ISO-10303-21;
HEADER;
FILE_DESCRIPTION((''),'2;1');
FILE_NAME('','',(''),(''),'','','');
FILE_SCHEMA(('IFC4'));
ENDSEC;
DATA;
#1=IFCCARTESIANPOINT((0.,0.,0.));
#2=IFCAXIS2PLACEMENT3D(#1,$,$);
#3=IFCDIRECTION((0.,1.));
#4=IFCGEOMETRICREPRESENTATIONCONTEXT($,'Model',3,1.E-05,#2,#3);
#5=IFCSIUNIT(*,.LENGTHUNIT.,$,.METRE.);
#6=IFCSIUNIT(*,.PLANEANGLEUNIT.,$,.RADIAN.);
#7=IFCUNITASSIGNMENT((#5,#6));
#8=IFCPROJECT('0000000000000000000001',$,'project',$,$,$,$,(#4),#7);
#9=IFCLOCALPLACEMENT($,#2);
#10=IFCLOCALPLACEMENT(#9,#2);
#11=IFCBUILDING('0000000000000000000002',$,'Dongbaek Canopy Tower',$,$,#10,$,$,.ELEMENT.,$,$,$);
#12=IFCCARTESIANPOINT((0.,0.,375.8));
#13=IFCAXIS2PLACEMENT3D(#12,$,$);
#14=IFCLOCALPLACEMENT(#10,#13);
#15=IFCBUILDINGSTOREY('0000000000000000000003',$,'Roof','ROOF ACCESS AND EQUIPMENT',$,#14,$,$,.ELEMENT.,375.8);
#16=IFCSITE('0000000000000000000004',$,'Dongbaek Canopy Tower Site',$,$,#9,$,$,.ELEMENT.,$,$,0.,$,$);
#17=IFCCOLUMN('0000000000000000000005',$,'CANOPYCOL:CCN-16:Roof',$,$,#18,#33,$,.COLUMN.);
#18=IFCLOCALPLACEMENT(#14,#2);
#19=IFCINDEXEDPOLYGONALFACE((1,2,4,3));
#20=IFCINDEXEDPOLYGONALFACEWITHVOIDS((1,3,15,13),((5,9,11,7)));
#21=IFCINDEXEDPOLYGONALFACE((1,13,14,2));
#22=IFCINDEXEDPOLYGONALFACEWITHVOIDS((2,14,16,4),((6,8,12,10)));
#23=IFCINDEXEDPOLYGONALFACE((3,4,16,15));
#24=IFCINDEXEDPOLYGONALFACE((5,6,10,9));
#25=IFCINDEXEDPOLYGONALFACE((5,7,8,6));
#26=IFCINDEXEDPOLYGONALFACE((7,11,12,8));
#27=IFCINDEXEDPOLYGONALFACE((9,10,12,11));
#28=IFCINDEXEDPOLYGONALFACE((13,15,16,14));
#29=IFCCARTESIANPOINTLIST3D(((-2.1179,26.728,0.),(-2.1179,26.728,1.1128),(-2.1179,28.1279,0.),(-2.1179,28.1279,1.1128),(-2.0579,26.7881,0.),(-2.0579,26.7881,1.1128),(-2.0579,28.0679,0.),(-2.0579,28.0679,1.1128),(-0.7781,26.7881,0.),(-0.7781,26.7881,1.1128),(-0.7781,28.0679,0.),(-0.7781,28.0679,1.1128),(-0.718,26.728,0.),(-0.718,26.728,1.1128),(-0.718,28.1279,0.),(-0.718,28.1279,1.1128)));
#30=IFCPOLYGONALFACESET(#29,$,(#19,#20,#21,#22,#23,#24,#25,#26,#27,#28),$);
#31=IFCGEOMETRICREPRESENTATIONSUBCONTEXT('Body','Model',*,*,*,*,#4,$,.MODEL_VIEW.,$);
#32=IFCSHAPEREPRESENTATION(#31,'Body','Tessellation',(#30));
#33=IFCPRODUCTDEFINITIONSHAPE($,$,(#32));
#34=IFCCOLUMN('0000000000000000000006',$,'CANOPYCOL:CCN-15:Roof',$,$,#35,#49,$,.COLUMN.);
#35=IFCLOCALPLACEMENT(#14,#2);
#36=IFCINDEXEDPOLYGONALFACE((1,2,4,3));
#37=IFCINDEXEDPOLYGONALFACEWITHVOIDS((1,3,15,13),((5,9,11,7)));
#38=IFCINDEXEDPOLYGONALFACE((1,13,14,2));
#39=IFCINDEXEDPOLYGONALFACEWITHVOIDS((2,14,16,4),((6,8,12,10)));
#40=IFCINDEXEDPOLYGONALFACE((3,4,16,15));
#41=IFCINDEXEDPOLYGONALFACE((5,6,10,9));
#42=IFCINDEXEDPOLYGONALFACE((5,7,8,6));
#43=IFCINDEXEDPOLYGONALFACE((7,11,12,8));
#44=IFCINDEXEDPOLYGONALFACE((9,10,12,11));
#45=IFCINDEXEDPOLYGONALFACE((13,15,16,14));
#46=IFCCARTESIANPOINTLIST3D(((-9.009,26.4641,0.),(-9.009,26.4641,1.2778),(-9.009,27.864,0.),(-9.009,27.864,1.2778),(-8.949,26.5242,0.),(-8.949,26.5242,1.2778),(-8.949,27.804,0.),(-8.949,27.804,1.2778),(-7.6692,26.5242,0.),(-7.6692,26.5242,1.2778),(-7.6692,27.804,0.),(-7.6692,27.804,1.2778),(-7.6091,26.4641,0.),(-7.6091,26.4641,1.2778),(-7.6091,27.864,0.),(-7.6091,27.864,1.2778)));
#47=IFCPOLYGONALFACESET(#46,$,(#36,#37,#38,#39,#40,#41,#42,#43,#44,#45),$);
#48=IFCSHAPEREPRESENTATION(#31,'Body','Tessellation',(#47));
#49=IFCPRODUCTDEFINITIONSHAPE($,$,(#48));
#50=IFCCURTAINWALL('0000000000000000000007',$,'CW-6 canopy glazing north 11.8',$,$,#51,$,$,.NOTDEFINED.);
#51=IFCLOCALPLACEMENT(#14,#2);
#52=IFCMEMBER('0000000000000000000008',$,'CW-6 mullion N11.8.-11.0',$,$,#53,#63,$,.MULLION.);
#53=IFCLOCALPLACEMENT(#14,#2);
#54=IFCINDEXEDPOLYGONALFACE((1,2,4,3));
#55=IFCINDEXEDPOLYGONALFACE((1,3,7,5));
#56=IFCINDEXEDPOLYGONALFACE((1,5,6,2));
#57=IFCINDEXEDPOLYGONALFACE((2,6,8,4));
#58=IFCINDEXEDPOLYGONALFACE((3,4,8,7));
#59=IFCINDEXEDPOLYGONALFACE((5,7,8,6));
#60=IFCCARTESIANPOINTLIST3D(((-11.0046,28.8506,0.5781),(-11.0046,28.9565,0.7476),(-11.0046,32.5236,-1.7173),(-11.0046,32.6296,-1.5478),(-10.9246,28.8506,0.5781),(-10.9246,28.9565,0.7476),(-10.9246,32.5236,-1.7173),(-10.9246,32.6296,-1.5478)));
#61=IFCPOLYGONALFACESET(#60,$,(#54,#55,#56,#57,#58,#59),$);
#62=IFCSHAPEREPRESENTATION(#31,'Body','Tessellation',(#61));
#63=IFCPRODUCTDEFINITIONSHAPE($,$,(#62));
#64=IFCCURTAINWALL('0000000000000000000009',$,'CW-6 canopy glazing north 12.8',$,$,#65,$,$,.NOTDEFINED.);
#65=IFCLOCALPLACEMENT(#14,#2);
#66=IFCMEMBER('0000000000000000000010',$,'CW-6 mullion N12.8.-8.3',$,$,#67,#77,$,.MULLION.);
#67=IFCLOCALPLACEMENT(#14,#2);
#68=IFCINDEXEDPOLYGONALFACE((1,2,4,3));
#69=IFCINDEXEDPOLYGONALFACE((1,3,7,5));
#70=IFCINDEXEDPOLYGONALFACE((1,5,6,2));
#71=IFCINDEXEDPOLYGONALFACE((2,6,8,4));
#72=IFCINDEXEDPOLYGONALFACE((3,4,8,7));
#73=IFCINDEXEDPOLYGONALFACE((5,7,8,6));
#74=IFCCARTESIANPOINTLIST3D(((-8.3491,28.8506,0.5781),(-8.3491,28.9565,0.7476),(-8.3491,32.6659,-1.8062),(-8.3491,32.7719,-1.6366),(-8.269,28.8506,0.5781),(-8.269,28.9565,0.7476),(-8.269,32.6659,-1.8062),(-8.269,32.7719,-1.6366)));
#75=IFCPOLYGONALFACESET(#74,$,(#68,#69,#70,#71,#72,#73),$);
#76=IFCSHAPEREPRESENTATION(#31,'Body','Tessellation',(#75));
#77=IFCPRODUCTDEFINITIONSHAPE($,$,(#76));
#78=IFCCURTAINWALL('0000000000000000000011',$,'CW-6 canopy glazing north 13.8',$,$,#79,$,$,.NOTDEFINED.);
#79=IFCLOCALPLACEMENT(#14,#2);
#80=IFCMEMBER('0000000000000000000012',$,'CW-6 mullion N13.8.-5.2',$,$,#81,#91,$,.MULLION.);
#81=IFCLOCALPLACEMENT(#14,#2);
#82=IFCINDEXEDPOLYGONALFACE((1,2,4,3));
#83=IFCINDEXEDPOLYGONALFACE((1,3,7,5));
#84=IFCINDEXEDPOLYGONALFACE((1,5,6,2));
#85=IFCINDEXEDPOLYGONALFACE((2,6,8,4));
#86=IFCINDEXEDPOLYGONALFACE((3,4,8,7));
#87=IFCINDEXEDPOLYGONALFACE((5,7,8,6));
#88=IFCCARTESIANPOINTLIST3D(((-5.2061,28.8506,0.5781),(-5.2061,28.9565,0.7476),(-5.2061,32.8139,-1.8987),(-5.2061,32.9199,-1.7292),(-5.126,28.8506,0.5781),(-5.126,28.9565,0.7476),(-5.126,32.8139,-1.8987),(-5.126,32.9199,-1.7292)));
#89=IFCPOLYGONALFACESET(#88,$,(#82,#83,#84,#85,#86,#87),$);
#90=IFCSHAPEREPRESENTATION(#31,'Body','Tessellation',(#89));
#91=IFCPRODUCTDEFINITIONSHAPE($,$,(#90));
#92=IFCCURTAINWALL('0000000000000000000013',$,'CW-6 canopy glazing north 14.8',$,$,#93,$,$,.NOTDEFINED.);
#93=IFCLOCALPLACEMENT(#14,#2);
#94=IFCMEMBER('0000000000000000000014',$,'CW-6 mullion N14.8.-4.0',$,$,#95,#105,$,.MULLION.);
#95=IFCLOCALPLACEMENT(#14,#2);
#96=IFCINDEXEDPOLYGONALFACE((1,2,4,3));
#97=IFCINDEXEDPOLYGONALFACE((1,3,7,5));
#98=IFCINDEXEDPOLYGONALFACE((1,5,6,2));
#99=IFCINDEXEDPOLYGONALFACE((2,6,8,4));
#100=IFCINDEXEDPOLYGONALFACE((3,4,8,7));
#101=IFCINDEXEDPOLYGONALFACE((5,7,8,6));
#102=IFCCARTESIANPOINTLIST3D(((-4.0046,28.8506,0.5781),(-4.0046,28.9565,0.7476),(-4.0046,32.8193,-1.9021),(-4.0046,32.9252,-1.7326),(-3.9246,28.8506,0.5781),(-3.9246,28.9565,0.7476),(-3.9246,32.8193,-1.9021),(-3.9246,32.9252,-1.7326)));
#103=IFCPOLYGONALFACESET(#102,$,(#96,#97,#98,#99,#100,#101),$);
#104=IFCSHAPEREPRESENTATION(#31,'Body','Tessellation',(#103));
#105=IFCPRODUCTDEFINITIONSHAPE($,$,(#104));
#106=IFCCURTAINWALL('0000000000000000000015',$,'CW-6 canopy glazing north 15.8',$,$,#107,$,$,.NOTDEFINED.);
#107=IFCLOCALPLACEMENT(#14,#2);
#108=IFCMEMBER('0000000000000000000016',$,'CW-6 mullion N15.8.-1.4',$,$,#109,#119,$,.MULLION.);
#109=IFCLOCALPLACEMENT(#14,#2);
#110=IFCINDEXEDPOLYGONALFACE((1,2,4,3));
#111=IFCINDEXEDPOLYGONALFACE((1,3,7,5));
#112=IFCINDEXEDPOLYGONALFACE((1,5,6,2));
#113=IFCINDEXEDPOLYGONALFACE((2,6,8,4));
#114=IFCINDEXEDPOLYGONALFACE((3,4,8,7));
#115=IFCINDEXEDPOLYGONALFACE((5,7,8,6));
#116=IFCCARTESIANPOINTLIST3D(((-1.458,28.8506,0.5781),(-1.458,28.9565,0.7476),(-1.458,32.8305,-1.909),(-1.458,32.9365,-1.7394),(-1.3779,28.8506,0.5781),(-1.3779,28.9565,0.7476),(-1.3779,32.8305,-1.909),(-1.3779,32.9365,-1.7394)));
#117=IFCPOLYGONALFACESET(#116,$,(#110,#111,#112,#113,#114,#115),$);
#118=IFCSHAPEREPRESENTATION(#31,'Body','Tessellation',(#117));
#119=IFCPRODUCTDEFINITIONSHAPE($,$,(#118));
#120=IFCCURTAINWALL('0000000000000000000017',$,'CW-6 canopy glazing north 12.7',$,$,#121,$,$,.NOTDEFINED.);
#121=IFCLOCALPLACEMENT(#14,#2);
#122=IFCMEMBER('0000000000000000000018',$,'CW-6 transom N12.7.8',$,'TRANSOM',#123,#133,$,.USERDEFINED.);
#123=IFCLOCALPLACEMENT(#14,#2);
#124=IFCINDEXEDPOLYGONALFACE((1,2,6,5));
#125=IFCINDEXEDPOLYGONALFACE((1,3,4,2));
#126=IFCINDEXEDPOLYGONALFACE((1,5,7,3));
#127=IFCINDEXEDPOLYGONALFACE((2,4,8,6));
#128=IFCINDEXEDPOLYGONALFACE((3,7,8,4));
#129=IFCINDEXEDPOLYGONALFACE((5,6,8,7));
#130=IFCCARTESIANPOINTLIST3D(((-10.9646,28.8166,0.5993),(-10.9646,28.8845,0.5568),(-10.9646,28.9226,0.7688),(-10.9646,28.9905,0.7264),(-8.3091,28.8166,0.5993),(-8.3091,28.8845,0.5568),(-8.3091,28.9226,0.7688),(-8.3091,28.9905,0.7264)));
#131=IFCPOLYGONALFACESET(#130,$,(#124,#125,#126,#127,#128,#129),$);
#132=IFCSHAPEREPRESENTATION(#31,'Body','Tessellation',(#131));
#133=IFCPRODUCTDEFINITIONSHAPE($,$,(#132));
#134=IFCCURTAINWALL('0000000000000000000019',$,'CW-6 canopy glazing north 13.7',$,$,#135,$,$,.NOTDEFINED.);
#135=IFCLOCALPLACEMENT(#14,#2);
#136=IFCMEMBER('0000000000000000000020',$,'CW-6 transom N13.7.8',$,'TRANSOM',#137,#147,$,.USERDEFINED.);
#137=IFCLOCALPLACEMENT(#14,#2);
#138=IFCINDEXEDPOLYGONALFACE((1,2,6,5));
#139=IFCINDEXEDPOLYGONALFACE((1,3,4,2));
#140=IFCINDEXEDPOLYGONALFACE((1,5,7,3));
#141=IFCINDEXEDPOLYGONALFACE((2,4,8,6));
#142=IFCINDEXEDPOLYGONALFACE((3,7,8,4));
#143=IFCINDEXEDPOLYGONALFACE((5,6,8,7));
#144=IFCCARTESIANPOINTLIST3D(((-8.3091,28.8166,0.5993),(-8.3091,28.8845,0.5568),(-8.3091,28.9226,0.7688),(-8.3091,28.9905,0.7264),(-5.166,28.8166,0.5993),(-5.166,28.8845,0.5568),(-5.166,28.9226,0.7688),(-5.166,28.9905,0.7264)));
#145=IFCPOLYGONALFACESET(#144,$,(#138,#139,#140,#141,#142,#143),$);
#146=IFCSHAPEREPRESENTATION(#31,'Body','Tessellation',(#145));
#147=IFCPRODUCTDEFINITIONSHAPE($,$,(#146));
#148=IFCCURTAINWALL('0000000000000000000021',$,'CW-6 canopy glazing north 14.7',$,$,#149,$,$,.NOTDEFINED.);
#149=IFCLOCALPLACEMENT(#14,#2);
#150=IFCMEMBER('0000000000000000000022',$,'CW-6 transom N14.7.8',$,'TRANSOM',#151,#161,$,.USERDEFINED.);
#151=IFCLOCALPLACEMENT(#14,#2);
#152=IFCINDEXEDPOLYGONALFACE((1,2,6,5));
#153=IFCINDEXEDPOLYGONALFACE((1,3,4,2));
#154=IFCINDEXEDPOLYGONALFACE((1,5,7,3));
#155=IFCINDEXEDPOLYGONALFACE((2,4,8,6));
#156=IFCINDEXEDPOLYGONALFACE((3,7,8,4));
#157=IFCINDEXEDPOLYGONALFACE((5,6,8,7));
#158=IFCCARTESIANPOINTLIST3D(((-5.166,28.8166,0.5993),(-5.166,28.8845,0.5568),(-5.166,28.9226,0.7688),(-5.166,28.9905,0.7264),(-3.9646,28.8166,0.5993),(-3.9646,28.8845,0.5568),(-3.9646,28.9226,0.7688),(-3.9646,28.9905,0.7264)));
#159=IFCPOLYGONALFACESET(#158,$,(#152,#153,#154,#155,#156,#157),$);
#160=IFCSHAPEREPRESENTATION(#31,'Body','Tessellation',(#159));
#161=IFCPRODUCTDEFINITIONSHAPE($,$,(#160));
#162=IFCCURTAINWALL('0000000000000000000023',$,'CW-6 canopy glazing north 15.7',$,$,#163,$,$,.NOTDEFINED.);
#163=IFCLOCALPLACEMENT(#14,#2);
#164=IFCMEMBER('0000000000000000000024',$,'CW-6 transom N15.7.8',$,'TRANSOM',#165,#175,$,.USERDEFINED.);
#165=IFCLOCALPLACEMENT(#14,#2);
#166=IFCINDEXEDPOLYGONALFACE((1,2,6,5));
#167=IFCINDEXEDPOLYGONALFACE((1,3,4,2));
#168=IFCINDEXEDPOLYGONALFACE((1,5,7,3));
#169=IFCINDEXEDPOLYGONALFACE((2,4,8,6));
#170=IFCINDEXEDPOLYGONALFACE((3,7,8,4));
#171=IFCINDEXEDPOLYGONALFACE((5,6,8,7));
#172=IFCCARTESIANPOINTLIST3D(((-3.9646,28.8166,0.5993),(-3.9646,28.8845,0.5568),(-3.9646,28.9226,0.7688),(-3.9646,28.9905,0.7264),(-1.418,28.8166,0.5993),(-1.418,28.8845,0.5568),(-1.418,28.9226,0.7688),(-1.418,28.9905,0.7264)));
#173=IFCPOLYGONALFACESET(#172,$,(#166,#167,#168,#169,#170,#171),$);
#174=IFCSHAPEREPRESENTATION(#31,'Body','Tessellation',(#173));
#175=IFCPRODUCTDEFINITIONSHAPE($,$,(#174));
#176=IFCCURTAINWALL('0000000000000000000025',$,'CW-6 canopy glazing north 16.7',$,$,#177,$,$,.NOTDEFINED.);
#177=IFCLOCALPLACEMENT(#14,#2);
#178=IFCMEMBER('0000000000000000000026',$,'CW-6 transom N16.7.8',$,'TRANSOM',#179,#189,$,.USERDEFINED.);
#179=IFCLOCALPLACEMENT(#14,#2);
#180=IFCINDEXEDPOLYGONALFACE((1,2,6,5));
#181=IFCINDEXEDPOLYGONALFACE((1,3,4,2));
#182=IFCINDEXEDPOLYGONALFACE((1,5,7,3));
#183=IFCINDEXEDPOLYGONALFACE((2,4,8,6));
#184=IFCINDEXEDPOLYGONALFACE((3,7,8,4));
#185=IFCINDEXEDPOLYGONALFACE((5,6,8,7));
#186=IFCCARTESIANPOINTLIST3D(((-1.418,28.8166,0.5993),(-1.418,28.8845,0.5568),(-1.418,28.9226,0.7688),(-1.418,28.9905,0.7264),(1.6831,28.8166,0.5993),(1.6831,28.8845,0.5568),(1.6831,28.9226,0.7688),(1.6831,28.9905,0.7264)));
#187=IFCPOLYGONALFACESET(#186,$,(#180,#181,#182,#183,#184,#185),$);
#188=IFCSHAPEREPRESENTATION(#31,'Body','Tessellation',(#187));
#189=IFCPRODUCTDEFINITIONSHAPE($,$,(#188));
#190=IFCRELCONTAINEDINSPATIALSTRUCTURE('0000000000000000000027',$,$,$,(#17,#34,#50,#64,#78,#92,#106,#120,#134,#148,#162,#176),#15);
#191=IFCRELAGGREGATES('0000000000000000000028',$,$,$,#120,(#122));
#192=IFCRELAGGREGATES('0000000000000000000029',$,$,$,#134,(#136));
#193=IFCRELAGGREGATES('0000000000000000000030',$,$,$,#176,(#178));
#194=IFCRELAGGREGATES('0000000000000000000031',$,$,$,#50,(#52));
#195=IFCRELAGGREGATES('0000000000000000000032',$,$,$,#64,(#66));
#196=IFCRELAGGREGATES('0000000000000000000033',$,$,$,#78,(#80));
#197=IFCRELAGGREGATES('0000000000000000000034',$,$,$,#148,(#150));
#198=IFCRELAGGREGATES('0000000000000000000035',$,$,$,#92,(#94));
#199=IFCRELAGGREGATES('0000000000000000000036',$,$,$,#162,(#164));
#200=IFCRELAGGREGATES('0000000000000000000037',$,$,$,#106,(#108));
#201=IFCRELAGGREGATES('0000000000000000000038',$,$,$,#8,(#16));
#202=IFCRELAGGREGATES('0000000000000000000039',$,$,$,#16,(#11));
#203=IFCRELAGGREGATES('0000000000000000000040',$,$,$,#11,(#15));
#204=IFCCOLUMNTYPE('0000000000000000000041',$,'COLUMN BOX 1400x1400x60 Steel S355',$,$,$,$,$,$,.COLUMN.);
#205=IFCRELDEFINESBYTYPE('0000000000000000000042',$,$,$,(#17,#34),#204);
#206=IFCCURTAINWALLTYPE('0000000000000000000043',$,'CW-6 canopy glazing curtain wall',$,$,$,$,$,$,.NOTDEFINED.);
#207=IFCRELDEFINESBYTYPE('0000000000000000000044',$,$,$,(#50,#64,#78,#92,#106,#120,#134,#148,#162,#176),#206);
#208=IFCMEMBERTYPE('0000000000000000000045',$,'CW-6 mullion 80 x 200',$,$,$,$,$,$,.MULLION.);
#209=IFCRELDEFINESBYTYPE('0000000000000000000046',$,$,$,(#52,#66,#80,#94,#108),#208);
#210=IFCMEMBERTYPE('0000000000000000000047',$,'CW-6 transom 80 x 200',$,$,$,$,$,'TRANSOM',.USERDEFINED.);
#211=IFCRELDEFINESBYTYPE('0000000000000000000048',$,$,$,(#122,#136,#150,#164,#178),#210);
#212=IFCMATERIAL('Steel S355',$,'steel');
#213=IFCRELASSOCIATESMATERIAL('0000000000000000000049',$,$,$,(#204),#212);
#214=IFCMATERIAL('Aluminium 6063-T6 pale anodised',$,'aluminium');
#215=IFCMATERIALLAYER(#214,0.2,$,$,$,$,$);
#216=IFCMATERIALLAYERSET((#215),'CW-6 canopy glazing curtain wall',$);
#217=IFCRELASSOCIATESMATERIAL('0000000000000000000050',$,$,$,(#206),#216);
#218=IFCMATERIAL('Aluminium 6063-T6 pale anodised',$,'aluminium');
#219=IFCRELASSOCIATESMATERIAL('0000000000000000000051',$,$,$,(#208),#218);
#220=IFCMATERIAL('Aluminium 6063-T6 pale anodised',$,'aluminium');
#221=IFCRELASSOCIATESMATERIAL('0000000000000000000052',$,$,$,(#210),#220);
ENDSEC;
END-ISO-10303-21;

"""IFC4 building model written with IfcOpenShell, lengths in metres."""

from ifc_helpers import new_model, si_unit, direction, frame, origin, origin_2d, place, context, subcontext, project, spatial, rectangle, hollow_rectangle, extrude, material, layer, layer_set, material_profile, profile_set, type_object, element, aggregate, save


model = new_model("IFC4")

# Units and contexts
model_context = context("Model", 3, precision=1e-05, world=origin(), true_north=direction((0.0, 1.0)))
body_context = subcontext(model_context, "Body", "Model", "MODEL_VIEW")
ifc_project = project(units=[si_unit("LENGTHUNIT", "METRE"), si_unit("PLANEANGLEUNIT", "RADIAN")], contexts=[model_context])

# Site, building, storey
site_placement = place(None, origin())
site = spatial("IfcSite", under=ifc_project, at=site_placement, Name="Dongbaek Canopy Tower Site", CompositionType="ELEMENT", RefElevation=0.0)
building_placement = place(site_placement, origin())
building = spatial("IfcBuilding", under=site, at=building_placement, Name="Dongbaek Canopy Tower", CompositionType="ELEMENT")
storey_placement = place(building_placement, frame((0.0, 0.0, 375.8)))
storey = spatial("IfcBuildingStorey", under=building, at=storey_placement, Name="Roof", Description="ROOF ACCESS AND EQUIPMENT", CompositionType="ELEMENT", Elevation=375.8)

# Columns
ifc_material_1 = material(Name="Steel S355", Category="steel")
ifc_material_profile_1 = material_profile(ifc_material_1, hollow_rectangle(XDim=1.3999, YDim=1.3999, WallThickness=0.0601, at=origin_2d()), Name="COLUMN BOX 1400x1400x60 Steel S355")
ifc_profile_set_1 = profile_set([ifc_material_profile_1], Name="Steel S355")
column_type = type_object("IfcColumnType", Name="COLUMN BOX 1400x1400x60 Steel S355", PredefinedType="COLUMN", material=ifc_profile_set_1)
column_1_placement = place(storey_placement, frame((-1.418, 27.428, 0.0), z_axis=(0.0, 0.0, 1.0), x_axis=(1.0, 0.0, 0.0)))
element("IfcColumn", 1, at=column_1_placement, inside=storey, type_object=column_type, Name="CANOPYCOL:CCN-16:Roof", PredefinedType="COLUMN", context=body_context, shape_type="SweptSolid", body=[
    extrude(hollow_rectangle(XDim=1.3999, YDim=1.3999, WallThickness=0.0601, at=origin_2d()), origin(), (0.0, 0.0, 1.0), 1.1128),
])
column_2_placement = place(storey_placement, frame((-8.3091, 27.1641, 0.0), z_axis=(0.0, 0.0, 1.0), x_axis=(1.0, 0.0, 0.0)))
element("IfcColumn", 2, at=column_2_placement, inside=storey, type_object=column_type, Name="CANOPYCOL:CCN-15:Roof", PredefinedType="COLUMN", context=body_context, shape_type="SweptSolid", body=[
    extrude(hollow_rectangle(XDim=1.3999, YDim=1.3999, WallThickness=0.0601, at=origin_2d()), origin(), (0.0, 0.0, 1.0), 1.2778),
])

# Curtain walls, members
ifc_material_2 = material(Name="Aluminium 6063-T6 pale anodised", Category="aluminium")
ifc_layer_1 = layer(ifc_material_2, 0.2)
ifc_layer_set_1 = layer_set([ifc_layer_1], Name="CW-6 canopy glazing curtain wall")
curtain_wall_type = type_object("IfcCurtainWallType", Name="CW-6 canopy glazing curtain wall", PredefinedType="NOTDEFINED", material=ifc_layer_set_1)
curtain_wall_1_placement = place(storey_placement, origin())
curtain_wall_1 = element("IfcCurtainWall", 3, at=curtain_wall_1_placement, inside=storey, type_object=curtain_wall_type, Name="CW-6 canopy glazing north 11.8", PredefinedType="NOTDEFINED")
ifc_material_3 = material(Name="Aluminium 6063-T6 pale anodised", Category="aluminium")
ifc_material_profile_2 = material_profile(ifc_material_3, rectangle(XDim=0.0801, YDim=0.2, at=origin_2d()), Name="CW-6 mullion 80 x 200")
ifc_profile_set_2 = profile_set([ifc_material_profile_2], Name="Aluminium 6063-T6 pale anodised")
member_type_1 = type_object("IfcMemberType", Name="CW-6 mullion 80 x 200", PredefinedType="MULLION", material=ifc_profile_set_2)
member_1_placement = place(storey_placement, frame((-10.9646, 28.9036, 0.6628), z_axis=(0.0, 0.848027, -0.529953), x_axis=(-1.0, 0.0, 0.0)))
member_1 = element("IfcMember", 4, at=member_1_placement, type_object=member_type_1, Name="CW-6 mullion N11.8.-11.0", PredefinedType="MULLION", context=body_context, shape_type="SweptSolid", body=[
    extrude(rectangle(XDim=0.0801, YDim=0.2, at=origin_2d()), origin(), (0.0, 0.0, 1.0), 4.3313),
])
curtain_wall_2_placement = place(storey_placement, origin())
curtain_wall_2 = element("IfcCurtainWall", 5, at=curtain_wall_2_placement, inside=storey, type_object=curtain_wall_type, Name="CW-6 canopy glazing north 12.8", PredefinedType="NOTDEFINED")
member_2_placement = place(storey_placement, frame((-8.3091, 28.9036, 0.6628), z_axis=(0.0, 0.848035, -0.52994), x_axis=(-1.0, 0.0, 0.0)))
member_2 = element("IfcMember", 6, at=member_2_placement, type_object=member_type_1, Name="CW-6 mullion N12.8.-8.3", PredefinedType="MULLION", context=body_context, shape_type="SweptSolid", body=[
    extrude(rectangle(XDim=0.0801, YDim=0.2, at=origin_2d()), origin(), (0.0, 0.0, 1.0), 4.499),
])
curtain_wall_3_placement = place(storey_placement, origin())
curtain_wall_3 = element("IfcCurtainWall", 7, at=curtain_wall_3_placement, inside=storey, type_object=curtain_wall_type, Name="CW-6 canopy glazing north 13.8", PredefinedType="NOTDEFINED")
member_3_placement = place(storey_placement, frame((-5.166, 28.9036, 0.6628), z_axis=(0.0, 0.848028, -0.529952), x_axis=(-1.0, 0.0, 0.0)))
member_3 = element("IfcMember", 8, at=member_3_placement, type_object=member_type_1, Name="CW-6 mullion N13.8.-5.2", PredefinedType="MULLION", context=body_context, shape_type="SweptSolid", body=[
    extrude(rectangle(XDim=0.0801, YDim=0.2, at=origin_2d()), origin(), (0.0, 0.0, 1.0), 4.6736),
])
curtain_wall_4_placement = place(storey_placement, origin())
curtain_wall_4 = element("IfcCurtainWall", 9, at=curtain_wall_4_placement, inside=storey, type_object=curtain_wall_type, Name="CW-6 canopy glazing north 14.8", PredefinedType="NOTDEFINED")
member_4_placement = place(storey_placement, frame((-3.9646, 28.9036, 0.6628), z_axis=(0.0, 0.848022, -0.529961), x_axis=(-1.0, 0.0, 0.0)))
member_4 = element("IfcMember", 10, at=member_4_placement, type_object=member_type_1, Name="CW-6 mullion N14.8.-4.0", PredefinedType="MULLION", context=body_context, shape_type="SweptSolid", body=[
    extrude(rectangle(XDim=0.0801, YDim=0.2, at=origin_2d()), origin(), (0.0, 0.0, 1.0), 4.6799),
])
curtain_wall_5_placement = place(storey_placement, origin())
curtain_wall_5 = element("IfcCurtainWall", 11, at=curtain_wall_5_placement, inside=storey, type_object=curtain_wall_type, Name="CW-6 canopy glazing north 15.8", PredefinedType="NOTDEFINED")
member_5_placement = place(storey_placement, frame((-1.418, 28.9036, 0.6628), z_axis=(0.0, 0.848039, -0.529933), x_axis=(-1.0, 0.0, 0.0)))
member_5 = element("IfcMember", 12, at=member_5_placement, type_object=member_type_1, Name="CW-6 mullion N15.8.-1.4", PredefinedType="MULLION", context=body_context, shape_type="SweptSolid", body=[
    extrude(rectangle(XDim=0.0801, YDim=0.2, at=origin_2d()), origin(), (0.0, 0.0, 1.0), 4.6931),
])
curtain_wall_6_placement = place(storey_placement, origin())
curtain_wall_6 = element("IfcCurtainWall", 13, at=curtain_wall_6_placement, inside=storey, type_object=curtain_wall_type, Name="CW-6 canopy glazing north 12.7", PredefinedType="NOTDEFINED")
ifc_material_4 = material(Name="Aluminium 6063-T6 pale anodised", Category="aluminium")
ifc_material_profile_3 = material_profile(ifc_material_4, rectangle(XDim=0.0801, YDim=0.2, at=origin_2d()), Name="CW-6 transom 80 x 200")
ifc_profile_set_3 = profile_set([ifc_material_profile_3], Name="Aluminium 6063-T6 pale anodised")
member_type_2 = type_object("IfcMemberType", Name="CW-6 transom 80 x 200", ElementType="TRANSOM", PredefinedType="USERDEFINED", material=ifc_profile_set_3)
member_6_placement = place(storey_placement, frame((-10.9646, 28.9036, 0.6628), z_axis=(1.0, 0.0, 0.0), x_axis=(0.0, 0.848048, -0.529919)))
member_6 = element("IfcMember", 14, at=member_6_placement, type_object=member_type_2, Name="CW-6 transom N12.7.8", ObjectType="TRANSOM", PredefinedType="USERDEFINED", context=body_context, shape_type="SweptSolid", body=[
    extrude(rectangle(XDim=0.0801, YDim=0.2, at=origin_2d()), origin(), (0.0, 0.0, 1.0), 2.6555),
])
aggregate(curtain_wall_6, [member_6])
curtain_wall_7_placement = place(storey_placement, origin())
curtain_wall_7 = element("IfcCurtainWall", 15, at=curtain_wall_7_placement, inside=storey, type_object=curtain_wall_type, Name="CW-6 canopy glazing north 13.7", PredefinedType="NOTDEFINED")
member_7_placement = place(storey_placement, frame((-8.3091, 28.9036, 0.6628), z_axis=(1.0, 0.0, 0.0), x_axis=(0.0, 0.848048, -0.529919)))
member_7 = element("IfcMember", 16, at=member_7_placement, type_object=member_type_2, Name="CW-6 transom N13.7.8", ObjectType="TRANSOM", PredefinedType="USERDEFINED", context=body_context, shape_type="SweptSolid", body=[
    extrude(rectangle(XDim=0.0801, YDim=0.2, at=origin_2d()), origin(), (0.0, 0.0, 1.0), 3.1431),
])
aggregate(curtain_wall_7, [member_7])
curtain_wall_8_placement = place(storey_placement, origin())
curtain_wall_8 = element("IfcCurtainWall", 17, at=curtain_wall_8_placement, inside=storey, type_object=curtain_wall_type, Name="CW-6 canopy glazing north 14.7", PredefinedType="NOTDEFINED")
member_8_placement = place(storey_placement, frame((-5.166, 28.9036, 0.6628), z_axis=(1.0, 0.0, 0.0), x_axis=(0.0, 0.848048, -0.529919)))
member_8 = element("IfcMember", 18, at=member_8_placement, type_object=member_type_2, Name="CW-6 transom N14.7.8", ObjectType="TRANSOM", PredefinedType="USERDEFINED", context=body_context, shape_type="SweptSolid", body=[
    extrude(rectangle(XDim=0.0801, YDim=0.2, at=origin_2d()), origin(), (0.0, 0.0, 1.0), 1.2014),
])
curtain_wall_9_placement = place(storey_placement, origin())
curtain_wall_9 = element("IfcCurtainWall", 19, at=curtain_wall_9_placement, inside=storey, type_object=curtain_wall_type, Name="CW-6 canopy glazing north 15.7", PredefinedType="NOTDEFINED")
member_9_placement = place(storey_placement, frame((-3.9646, 28.9036, 0.6628), z_axis=(1.0, 0.0, 0.0), x_axis=(0.0, 0.848048, -0.529919)))
member_9 = element("IfcMember", 20, at=member_9_placement, type_object=member_type_2, Name="CW-6 transom N15.7.8", ObjectType="TRANSOM", PredefinedType="USERDEFINED", context=body_context, shape_type="SweptSolid", body=[
    extrude(rectangle(XDim=0.0801, YDim=0.2, at=origin_2d()), origin(), (0.0, 0.0, 1.0), 2.5466),
])
curtain_wall_10_placement = place(storey_placement, origin())
curtain_wall_10 = element("IfcCurtainWall", 21, at=curtain_wall_10_placement, inside=storey, type_object=curtain_wall_type, Name="CW-6 canopy glazing north 16.7", PredefinedType="NOTDEFINED")
member_10_placement = place(storey_placement, frame((-1.418, 28.9036, 0.6628), z_axis=(1.0, 0.0, 0.0), x_axis=(0.0, 0.848048, -0.529919)))
member_10 = element("IfcMember", 22, at=member_10_placement, type_object=member_type_2, Name="CW-6 transom N16.7.8", ObjectType="TRANSOM", PredefinedType="USERDEFINED", context=body_context, shape_type="SweptSolid", body=[
    extrude(rectangle(XDim=0.0801, YDim=0.2, at=origin_2d()), origin(), (0.0, 0.0, 1.0), 3.1011),
])
aggregate(curtain_wall_10, [member_10])

aggregate(curtain_wall_1, [member_1])
aggregate(curtain_wall_2, [member_2])
aggregate(curtain_wall_3, [member_3])
aggregate(curtain_wall_8, [member_8])
aggregate(curtain_wall_4, [member_4])
aggregate(curtain_wall_9, [member_9])
aggregate(curtain_wall_5, [member_5])

save(model, "model.ifc")
